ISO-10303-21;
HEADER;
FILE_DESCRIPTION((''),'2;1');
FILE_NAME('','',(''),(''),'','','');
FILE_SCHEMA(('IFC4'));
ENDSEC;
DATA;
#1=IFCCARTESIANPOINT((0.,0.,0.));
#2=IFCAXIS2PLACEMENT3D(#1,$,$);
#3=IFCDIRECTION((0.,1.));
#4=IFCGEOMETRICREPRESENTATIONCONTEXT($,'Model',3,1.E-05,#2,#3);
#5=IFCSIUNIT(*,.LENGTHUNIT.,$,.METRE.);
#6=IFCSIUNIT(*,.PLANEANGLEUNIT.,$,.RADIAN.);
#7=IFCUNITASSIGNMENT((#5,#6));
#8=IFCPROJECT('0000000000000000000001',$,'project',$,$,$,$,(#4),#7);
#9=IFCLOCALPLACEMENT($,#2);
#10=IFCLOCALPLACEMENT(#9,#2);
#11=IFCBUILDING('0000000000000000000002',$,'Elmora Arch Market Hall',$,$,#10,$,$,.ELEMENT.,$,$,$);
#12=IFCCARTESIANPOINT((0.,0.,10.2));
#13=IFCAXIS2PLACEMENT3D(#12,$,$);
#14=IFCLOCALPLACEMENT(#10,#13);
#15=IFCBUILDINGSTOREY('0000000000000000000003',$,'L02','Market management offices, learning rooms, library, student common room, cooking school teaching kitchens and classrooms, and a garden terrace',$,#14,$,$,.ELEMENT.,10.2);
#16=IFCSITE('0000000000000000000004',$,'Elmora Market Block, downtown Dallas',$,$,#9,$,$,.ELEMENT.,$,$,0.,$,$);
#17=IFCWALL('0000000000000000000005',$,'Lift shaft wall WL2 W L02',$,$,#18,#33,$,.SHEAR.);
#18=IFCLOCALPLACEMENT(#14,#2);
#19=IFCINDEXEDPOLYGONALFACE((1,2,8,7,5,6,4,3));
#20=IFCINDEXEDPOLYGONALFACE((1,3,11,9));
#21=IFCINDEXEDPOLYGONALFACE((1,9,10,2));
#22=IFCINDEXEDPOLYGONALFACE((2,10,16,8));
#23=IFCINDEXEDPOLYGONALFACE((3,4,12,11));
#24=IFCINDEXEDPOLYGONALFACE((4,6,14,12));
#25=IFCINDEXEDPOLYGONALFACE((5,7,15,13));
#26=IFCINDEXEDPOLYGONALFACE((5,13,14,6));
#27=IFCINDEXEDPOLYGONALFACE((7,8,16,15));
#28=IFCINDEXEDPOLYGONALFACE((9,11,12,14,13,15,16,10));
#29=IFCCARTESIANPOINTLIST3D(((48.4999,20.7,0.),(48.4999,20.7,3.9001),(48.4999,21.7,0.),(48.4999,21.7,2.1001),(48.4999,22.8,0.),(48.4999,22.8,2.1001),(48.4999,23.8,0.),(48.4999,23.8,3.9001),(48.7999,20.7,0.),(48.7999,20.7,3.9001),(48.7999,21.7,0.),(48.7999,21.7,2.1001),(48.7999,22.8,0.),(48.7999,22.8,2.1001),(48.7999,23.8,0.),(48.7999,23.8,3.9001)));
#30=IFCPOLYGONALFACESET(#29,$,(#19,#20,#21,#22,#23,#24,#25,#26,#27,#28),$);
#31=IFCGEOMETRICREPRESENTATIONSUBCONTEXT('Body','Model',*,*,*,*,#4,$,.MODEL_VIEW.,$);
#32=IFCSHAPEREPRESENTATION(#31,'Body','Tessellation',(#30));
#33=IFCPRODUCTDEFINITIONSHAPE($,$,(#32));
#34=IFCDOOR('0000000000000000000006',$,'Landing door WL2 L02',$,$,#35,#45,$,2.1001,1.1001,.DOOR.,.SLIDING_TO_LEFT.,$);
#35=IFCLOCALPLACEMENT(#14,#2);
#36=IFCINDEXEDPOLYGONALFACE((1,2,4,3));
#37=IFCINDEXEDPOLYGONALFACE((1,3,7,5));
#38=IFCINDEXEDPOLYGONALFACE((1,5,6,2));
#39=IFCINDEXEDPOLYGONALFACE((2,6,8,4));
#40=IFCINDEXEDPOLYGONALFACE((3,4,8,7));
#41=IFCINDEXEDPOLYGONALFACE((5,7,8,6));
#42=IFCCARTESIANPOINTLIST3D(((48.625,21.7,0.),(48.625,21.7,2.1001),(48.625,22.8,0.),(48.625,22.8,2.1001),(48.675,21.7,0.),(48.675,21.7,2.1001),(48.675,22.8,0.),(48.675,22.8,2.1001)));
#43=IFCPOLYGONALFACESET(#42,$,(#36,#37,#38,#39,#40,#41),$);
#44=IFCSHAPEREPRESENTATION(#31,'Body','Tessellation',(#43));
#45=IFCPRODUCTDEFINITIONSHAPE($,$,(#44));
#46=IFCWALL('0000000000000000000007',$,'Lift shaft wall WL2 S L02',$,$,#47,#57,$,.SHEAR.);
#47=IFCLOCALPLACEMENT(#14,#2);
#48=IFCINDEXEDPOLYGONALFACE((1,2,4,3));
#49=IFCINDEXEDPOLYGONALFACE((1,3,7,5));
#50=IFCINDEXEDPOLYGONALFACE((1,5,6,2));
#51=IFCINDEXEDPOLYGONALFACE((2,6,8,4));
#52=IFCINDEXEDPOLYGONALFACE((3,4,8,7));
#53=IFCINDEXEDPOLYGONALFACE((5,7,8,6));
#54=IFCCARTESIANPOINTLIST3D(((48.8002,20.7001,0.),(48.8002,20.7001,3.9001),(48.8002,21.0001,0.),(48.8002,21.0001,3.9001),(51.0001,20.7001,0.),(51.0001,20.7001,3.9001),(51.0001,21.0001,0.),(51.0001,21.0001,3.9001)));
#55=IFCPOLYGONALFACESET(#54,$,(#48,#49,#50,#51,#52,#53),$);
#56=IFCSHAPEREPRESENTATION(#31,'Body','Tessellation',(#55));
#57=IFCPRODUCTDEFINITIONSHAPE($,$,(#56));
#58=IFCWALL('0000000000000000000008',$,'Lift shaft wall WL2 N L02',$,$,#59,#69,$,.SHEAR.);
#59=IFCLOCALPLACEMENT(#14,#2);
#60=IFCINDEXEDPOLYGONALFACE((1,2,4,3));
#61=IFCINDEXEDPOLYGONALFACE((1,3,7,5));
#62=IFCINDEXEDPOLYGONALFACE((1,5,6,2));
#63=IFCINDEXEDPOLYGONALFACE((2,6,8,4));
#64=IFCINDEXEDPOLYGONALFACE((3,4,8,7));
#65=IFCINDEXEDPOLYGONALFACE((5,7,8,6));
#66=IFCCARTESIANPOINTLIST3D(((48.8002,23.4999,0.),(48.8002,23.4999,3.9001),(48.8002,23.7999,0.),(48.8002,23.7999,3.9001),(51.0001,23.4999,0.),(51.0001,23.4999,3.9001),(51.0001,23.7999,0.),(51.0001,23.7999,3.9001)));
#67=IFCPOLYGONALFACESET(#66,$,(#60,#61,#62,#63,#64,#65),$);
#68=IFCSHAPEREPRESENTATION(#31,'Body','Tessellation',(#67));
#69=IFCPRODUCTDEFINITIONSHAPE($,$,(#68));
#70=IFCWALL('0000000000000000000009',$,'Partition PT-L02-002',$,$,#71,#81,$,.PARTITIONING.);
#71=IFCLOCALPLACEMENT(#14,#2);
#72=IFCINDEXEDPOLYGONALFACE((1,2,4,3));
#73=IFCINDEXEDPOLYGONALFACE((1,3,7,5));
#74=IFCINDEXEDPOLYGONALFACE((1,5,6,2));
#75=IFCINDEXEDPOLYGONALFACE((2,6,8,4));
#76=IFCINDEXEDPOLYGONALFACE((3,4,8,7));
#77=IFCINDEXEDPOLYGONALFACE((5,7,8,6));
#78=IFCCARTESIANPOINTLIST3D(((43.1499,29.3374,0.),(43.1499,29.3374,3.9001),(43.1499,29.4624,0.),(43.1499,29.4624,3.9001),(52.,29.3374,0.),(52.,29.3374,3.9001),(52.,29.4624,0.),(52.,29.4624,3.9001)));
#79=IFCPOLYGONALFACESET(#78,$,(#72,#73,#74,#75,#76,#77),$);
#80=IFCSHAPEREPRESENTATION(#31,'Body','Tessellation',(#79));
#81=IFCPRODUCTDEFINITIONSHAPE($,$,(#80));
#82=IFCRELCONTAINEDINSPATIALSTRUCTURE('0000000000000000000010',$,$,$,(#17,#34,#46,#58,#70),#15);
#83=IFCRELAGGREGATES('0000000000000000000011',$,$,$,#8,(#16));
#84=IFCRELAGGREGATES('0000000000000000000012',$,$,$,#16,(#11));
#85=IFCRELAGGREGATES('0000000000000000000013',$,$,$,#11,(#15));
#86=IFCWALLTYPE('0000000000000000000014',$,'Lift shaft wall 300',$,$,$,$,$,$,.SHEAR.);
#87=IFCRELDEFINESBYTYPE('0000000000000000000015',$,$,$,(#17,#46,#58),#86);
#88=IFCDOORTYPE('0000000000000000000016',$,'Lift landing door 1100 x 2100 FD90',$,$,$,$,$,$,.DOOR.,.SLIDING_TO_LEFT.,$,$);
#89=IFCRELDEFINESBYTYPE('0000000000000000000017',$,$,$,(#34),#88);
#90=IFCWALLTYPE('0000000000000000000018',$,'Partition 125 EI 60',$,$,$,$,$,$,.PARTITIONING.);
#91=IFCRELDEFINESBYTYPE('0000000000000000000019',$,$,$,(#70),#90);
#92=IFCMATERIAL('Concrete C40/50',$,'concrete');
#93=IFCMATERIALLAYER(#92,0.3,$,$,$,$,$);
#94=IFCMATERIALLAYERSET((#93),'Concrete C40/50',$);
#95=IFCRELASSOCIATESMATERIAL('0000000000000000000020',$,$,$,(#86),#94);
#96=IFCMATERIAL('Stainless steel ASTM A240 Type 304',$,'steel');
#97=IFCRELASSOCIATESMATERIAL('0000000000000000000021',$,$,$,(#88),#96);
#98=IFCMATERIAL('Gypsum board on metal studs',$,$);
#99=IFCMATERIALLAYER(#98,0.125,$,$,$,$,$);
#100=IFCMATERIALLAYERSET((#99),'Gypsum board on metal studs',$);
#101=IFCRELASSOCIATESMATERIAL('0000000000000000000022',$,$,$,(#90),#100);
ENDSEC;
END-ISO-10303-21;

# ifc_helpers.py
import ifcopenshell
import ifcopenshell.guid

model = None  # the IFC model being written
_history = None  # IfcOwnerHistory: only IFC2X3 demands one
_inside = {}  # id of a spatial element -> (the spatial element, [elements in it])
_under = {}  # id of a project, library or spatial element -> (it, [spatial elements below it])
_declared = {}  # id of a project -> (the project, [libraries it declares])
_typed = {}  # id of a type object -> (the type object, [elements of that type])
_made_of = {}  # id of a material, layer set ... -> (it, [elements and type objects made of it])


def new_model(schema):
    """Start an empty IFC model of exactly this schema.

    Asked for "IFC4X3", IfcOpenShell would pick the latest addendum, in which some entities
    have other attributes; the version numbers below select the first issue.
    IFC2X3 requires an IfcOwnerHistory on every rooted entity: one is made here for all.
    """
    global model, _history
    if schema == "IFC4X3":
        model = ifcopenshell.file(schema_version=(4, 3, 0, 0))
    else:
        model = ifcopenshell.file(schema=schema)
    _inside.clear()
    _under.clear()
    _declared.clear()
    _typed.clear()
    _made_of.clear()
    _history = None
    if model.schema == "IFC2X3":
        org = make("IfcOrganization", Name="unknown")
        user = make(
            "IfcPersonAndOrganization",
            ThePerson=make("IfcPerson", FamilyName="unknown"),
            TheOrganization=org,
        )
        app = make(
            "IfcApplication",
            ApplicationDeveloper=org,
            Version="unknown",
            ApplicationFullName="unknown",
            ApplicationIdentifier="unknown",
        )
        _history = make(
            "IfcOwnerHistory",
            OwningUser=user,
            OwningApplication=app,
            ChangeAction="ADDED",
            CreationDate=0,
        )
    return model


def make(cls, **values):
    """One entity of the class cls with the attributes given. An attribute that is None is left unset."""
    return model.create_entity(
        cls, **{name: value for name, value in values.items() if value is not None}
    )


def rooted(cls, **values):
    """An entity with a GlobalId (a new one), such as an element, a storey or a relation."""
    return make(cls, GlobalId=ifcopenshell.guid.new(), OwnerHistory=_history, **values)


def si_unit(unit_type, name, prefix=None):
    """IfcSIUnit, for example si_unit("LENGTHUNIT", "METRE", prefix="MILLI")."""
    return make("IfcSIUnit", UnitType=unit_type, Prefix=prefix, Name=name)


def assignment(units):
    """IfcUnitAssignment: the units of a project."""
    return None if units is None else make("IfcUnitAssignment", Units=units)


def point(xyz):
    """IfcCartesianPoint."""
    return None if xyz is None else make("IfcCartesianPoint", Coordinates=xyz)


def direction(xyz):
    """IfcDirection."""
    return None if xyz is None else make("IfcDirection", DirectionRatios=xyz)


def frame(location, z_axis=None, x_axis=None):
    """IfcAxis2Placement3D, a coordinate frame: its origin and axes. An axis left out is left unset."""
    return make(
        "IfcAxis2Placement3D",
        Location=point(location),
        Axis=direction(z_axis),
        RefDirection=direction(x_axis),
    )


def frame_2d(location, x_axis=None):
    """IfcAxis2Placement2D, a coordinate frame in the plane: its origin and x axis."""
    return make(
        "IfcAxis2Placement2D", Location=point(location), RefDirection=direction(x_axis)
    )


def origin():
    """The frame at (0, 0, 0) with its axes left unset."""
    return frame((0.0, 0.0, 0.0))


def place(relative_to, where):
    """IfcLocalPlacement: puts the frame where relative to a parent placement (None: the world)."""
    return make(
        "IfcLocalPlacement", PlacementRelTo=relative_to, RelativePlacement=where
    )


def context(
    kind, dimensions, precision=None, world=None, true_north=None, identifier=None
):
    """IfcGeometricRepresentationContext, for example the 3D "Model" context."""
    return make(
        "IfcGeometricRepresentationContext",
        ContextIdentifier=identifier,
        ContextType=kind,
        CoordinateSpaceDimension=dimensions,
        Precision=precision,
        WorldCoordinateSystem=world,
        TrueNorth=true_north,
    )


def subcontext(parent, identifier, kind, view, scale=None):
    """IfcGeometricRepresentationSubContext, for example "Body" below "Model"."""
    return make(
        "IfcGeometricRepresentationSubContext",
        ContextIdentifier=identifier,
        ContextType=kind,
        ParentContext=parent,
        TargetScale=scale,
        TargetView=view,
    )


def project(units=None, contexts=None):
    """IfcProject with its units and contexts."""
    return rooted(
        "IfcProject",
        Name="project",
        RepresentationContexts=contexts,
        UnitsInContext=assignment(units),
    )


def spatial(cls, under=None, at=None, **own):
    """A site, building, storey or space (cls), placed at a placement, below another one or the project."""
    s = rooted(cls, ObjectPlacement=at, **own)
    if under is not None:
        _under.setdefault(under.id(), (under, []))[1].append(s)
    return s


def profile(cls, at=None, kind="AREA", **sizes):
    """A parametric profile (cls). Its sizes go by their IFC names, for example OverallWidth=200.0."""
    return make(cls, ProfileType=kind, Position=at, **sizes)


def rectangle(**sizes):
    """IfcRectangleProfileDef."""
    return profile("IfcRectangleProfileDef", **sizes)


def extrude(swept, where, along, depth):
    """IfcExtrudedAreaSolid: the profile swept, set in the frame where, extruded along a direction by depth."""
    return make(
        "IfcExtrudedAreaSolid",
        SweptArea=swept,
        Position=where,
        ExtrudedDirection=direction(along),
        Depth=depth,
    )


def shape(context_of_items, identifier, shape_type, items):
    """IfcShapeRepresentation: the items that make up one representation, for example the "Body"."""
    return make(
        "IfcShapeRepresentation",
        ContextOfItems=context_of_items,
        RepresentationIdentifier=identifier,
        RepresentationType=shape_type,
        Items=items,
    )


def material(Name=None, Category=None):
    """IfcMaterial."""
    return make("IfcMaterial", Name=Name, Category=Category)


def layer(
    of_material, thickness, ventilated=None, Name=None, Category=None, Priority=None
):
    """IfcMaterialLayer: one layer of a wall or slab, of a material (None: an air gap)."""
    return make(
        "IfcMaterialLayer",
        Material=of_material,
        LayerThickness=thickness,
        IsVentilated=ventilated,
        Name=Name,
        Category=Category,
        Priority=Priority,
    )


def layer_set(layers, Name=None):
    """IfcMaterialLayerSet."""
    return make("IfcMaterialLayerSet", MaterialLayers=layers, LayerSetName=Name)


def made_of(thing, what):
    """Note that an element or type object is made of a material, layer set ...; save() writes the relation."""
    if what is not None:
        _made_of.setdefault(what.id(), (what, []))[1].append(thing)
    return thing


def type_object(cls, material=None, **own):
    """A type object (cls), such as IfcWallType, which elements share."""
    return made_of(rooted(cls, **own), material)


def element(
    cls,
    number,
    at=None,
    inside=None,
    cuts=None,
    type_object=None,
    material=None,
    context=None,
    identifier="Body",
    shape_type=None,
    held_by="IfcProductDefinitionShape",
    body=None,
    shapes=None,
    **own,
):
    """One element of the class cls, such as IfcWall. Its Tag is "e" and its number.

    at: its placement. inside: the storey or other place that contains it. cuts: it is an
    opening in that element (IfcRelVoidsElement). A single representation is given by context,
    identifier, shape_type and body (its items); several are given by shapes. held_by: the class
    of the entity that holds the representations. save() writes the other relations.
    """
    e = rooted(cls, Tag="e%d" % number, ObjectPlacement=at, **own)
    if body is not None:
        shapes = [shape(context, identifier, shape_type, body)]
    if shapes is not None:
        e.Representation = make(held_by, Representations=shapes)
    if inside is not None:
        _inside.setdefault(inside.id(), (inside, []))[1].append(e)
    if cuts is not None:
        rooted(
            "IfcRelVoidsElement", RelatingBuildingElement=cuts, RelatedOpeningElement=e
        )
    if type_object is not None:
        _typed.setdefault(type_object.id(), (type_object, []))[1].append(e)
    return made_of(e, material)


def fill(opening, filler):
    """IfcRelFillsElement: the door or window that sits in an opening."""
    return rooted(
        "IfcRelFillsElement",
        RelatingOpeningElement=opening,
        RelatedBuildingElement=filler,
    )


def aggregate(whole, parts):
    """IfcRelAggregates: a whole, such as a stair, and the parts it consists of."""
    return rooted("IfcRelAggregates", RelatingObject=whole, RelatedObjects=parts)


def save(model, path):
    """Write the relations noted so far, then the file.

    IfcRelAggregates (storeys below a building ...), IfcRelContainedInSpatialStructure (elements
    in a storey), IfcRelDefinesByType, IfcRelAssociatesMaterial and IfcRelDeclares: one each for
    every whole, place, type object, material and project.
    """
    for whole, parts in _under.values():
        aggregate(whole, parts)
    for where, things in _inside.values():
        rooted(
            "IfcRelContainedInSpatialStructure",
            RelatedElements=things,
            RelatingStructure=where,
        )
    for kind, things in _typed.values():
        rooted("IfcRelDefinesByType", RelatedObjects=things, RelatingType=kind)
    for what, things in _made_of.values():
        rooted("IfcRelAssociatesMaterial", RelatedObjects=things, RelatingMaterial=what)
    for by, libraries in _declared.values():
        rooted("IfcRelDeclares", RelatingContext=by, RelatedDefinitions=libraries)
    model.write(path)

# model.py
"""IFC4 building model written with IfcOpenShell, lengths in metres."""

from ifc_helpers import new_model, si_unit, direction, frame, frame_2d, origin, place, context, subcontext, project, spatial, rectangle, extrude, material, layer, layer_set, type_object, element, fill, save


model = new_model("IFC4")

# Units and contexts
model_context = context("Model", 3, precision=1e-05, world=origin(), true_north=direction((0.0, 1.0)))
body_context = subcontext(model_context, "Body", "Model", "MODEL_VIEW")
ifc_project = project(units=[si_unit("LENGTHUNIT", "METRE"), si_unit("PLANEANGLEUNIT", "RADIAN")], contexts=[model_context])

# Site, building, storey
site_placement = place(None, origin())
site = spatial("IfcSite", under=ifc_project, at=site_placement, Name="Elmora Market Block, downtown Dallas", CompositionType="ELEMENT", RefElevation=0.0)
building_placement = place(site_placement, origin())
building = spatial("IfcBuilding", under=site, at=building_placement, Name="Elmora Arch Market Hall", CompositionType="ELEMENT")
storey_placement = place(building_placement, frame((0.0, 0.0, 10.2)))
storey = spatial("IfcBuildingStorey", under=building, at=storey_placement, Name="L02", Description="Market management offices, learning rooms, library, student common room, cooking school teaching kitchens and classrooms, and a garden terrace", CompositionType="ELEMENT", Elevation=10.2)

# Wall, opening, door
ifc_material_1 = material(Name="Concrete C40/50", Category="concrete")
ifc_layer_1 = layer(ifc_material_1, 0.3)
ifc_layer_set_1 = layer_set([ifc_layer_1], Name="Concrete C40/50")
wall_type_1 = type_object("IfcWallType", Name="Lift shaft wall 300", PredefinedType="SHEAR", material=ifc_layer_set_1)
wall_1_placement = place(storey_placement, frame((48.6499, 20.7, 0.0), z_axis=(0.0, 0.0, 1.0), x_axis=(0.0, 1.0, 0.0)))
wall_1 = element("IfcWall", 1, at=wall_1_placement, inside=storey, type_object=wall_type_1, Name="Lift shaft wall WL2 W L02", PredefinedType="SHEAR", context=body_context, shape_type="SweptSolid", body=[
    extrude(rectangle(XDim=3.1001, YDim=0.3, at=frame_2d((1.55, 0.0))), origin(), (0.0, 0.0, 1.0), 3.9001),
])
opening_1_placement = place(wall_1_placement, frame((1.0, 0.0, 0.0)))
opening_1 = element("IfcOpeningElement", 2, at=opening_1_placement, cuts=wall_1, PredefinedType="OPENING", context=body_context, shape_type="SweptSolid", body=[
    extrude(rectangle(XDim=1.1001, YDim=2.1001, at=frame_2d((0.55, 1.05))), frame((0.0, 0.1599, 0.0), z_axis=(0.0, -1.0, 0.0), x_axis=(1.0, 0.0, 0.0)), (0.0, 0.0, 1.0), 0.3201),
])
ifc_material_2 = material(Name="Stainless steel ASTM A240 Type 304", Category="steel")
door_type = type_object("IfcDoorType", Name="Lift landing door 1100 x 2100 FD90", OperationType="SLIDING_TO_LEFT", PredefinedType="DOOR", material=ifc_material_2)
door_placement = place(opening_1_placement, origin())
door = element("IfcDoor", 3, at=door_placement, inside=storey, type_object=door_type, Name="Landing door WL2 L02", OperationType="SLIDING_TO_LEFT", OverallHeight=2.1001, OverallWidth=1.1001, PredefinedType="DOOR", context=body_context, shape_type="SweptSolid", body=[
    extrude(rectangle(XDim=1.1001, YDim=2.1001, at=frame_2d((0.55, 1.05))), frame((0.0, 0.0249, 0.0), z_axis=(0.0, -1.0, 0.0), x_axis=(1.0, 0.0, 0.0)), (0.0, 0.0, 1.0), 0.05),
])
fill(opening_1, door)

# Walls
for number, where, z_axis, x_axis, name in (
    (4, (48.8, 20.8501, 0.0), (0.0, 0.0, 1.0), (1.0, 0.0, 0.0), "Lift shaft wall WL2 S L02"),
    (5, (48.8, 23.6499, 0.0), (0.0, 0.0, 1.0), (1.0, 0.0, 0.0), "Lift shaft wall WL2 N L02"),
):
    element("IfcWall", number, at=place(storey_placement, frame(where, z_axis=z_axis, x_axis=x_axis)), inside=storey, type_object=wall_type_1, Name=name, PredefinedType="SHEAR", context=body_context, shape_type="SweptSolid", body=[
        extrude(rectangle(XDim=2.2, YDim=0.3, at=frame_2d((1.1001, 0.0))), origin(), (0.0, 0.0, 1.0), 3.9001),
    ])
ifc_material_3 = material(Name="Gypsum board on metal studs")
ifc_layer_2 = layer(ifc_material_3, 0.125)
ifc_layer_set_2 = layer_set([ifc_layer_2], Name="Gypsum board on metal studs")
wall_type_2 = type_object("IfcWallType", Name="Partition 125 EI 60", PredefinedType="PARTITIONING", material=ifc_layer_set_2)
wall_2_placement = place(storey_placement, frame((43.1499, 29.3999, 0.0), z_axis=(0.0, 0.0, 1.0), x_axis=(1.0, 0.0, 0.0)))
element("IfcWall", 6, at=wall_2_placement, inside=storey, type_object=wall_type_2, Name="Partition PT-L02-002", PredefinedType="PARTITIONING", context=body_context, shape_type="SweptSolid", body=[
    extrude(rectangle(XDim=8.8501, YDim=0.125, at=frame_2d((4.425, 0.0))), origin(), (0.0, 0.0, 1.0), 3.9001),
])

save(model, "model.ifc")
